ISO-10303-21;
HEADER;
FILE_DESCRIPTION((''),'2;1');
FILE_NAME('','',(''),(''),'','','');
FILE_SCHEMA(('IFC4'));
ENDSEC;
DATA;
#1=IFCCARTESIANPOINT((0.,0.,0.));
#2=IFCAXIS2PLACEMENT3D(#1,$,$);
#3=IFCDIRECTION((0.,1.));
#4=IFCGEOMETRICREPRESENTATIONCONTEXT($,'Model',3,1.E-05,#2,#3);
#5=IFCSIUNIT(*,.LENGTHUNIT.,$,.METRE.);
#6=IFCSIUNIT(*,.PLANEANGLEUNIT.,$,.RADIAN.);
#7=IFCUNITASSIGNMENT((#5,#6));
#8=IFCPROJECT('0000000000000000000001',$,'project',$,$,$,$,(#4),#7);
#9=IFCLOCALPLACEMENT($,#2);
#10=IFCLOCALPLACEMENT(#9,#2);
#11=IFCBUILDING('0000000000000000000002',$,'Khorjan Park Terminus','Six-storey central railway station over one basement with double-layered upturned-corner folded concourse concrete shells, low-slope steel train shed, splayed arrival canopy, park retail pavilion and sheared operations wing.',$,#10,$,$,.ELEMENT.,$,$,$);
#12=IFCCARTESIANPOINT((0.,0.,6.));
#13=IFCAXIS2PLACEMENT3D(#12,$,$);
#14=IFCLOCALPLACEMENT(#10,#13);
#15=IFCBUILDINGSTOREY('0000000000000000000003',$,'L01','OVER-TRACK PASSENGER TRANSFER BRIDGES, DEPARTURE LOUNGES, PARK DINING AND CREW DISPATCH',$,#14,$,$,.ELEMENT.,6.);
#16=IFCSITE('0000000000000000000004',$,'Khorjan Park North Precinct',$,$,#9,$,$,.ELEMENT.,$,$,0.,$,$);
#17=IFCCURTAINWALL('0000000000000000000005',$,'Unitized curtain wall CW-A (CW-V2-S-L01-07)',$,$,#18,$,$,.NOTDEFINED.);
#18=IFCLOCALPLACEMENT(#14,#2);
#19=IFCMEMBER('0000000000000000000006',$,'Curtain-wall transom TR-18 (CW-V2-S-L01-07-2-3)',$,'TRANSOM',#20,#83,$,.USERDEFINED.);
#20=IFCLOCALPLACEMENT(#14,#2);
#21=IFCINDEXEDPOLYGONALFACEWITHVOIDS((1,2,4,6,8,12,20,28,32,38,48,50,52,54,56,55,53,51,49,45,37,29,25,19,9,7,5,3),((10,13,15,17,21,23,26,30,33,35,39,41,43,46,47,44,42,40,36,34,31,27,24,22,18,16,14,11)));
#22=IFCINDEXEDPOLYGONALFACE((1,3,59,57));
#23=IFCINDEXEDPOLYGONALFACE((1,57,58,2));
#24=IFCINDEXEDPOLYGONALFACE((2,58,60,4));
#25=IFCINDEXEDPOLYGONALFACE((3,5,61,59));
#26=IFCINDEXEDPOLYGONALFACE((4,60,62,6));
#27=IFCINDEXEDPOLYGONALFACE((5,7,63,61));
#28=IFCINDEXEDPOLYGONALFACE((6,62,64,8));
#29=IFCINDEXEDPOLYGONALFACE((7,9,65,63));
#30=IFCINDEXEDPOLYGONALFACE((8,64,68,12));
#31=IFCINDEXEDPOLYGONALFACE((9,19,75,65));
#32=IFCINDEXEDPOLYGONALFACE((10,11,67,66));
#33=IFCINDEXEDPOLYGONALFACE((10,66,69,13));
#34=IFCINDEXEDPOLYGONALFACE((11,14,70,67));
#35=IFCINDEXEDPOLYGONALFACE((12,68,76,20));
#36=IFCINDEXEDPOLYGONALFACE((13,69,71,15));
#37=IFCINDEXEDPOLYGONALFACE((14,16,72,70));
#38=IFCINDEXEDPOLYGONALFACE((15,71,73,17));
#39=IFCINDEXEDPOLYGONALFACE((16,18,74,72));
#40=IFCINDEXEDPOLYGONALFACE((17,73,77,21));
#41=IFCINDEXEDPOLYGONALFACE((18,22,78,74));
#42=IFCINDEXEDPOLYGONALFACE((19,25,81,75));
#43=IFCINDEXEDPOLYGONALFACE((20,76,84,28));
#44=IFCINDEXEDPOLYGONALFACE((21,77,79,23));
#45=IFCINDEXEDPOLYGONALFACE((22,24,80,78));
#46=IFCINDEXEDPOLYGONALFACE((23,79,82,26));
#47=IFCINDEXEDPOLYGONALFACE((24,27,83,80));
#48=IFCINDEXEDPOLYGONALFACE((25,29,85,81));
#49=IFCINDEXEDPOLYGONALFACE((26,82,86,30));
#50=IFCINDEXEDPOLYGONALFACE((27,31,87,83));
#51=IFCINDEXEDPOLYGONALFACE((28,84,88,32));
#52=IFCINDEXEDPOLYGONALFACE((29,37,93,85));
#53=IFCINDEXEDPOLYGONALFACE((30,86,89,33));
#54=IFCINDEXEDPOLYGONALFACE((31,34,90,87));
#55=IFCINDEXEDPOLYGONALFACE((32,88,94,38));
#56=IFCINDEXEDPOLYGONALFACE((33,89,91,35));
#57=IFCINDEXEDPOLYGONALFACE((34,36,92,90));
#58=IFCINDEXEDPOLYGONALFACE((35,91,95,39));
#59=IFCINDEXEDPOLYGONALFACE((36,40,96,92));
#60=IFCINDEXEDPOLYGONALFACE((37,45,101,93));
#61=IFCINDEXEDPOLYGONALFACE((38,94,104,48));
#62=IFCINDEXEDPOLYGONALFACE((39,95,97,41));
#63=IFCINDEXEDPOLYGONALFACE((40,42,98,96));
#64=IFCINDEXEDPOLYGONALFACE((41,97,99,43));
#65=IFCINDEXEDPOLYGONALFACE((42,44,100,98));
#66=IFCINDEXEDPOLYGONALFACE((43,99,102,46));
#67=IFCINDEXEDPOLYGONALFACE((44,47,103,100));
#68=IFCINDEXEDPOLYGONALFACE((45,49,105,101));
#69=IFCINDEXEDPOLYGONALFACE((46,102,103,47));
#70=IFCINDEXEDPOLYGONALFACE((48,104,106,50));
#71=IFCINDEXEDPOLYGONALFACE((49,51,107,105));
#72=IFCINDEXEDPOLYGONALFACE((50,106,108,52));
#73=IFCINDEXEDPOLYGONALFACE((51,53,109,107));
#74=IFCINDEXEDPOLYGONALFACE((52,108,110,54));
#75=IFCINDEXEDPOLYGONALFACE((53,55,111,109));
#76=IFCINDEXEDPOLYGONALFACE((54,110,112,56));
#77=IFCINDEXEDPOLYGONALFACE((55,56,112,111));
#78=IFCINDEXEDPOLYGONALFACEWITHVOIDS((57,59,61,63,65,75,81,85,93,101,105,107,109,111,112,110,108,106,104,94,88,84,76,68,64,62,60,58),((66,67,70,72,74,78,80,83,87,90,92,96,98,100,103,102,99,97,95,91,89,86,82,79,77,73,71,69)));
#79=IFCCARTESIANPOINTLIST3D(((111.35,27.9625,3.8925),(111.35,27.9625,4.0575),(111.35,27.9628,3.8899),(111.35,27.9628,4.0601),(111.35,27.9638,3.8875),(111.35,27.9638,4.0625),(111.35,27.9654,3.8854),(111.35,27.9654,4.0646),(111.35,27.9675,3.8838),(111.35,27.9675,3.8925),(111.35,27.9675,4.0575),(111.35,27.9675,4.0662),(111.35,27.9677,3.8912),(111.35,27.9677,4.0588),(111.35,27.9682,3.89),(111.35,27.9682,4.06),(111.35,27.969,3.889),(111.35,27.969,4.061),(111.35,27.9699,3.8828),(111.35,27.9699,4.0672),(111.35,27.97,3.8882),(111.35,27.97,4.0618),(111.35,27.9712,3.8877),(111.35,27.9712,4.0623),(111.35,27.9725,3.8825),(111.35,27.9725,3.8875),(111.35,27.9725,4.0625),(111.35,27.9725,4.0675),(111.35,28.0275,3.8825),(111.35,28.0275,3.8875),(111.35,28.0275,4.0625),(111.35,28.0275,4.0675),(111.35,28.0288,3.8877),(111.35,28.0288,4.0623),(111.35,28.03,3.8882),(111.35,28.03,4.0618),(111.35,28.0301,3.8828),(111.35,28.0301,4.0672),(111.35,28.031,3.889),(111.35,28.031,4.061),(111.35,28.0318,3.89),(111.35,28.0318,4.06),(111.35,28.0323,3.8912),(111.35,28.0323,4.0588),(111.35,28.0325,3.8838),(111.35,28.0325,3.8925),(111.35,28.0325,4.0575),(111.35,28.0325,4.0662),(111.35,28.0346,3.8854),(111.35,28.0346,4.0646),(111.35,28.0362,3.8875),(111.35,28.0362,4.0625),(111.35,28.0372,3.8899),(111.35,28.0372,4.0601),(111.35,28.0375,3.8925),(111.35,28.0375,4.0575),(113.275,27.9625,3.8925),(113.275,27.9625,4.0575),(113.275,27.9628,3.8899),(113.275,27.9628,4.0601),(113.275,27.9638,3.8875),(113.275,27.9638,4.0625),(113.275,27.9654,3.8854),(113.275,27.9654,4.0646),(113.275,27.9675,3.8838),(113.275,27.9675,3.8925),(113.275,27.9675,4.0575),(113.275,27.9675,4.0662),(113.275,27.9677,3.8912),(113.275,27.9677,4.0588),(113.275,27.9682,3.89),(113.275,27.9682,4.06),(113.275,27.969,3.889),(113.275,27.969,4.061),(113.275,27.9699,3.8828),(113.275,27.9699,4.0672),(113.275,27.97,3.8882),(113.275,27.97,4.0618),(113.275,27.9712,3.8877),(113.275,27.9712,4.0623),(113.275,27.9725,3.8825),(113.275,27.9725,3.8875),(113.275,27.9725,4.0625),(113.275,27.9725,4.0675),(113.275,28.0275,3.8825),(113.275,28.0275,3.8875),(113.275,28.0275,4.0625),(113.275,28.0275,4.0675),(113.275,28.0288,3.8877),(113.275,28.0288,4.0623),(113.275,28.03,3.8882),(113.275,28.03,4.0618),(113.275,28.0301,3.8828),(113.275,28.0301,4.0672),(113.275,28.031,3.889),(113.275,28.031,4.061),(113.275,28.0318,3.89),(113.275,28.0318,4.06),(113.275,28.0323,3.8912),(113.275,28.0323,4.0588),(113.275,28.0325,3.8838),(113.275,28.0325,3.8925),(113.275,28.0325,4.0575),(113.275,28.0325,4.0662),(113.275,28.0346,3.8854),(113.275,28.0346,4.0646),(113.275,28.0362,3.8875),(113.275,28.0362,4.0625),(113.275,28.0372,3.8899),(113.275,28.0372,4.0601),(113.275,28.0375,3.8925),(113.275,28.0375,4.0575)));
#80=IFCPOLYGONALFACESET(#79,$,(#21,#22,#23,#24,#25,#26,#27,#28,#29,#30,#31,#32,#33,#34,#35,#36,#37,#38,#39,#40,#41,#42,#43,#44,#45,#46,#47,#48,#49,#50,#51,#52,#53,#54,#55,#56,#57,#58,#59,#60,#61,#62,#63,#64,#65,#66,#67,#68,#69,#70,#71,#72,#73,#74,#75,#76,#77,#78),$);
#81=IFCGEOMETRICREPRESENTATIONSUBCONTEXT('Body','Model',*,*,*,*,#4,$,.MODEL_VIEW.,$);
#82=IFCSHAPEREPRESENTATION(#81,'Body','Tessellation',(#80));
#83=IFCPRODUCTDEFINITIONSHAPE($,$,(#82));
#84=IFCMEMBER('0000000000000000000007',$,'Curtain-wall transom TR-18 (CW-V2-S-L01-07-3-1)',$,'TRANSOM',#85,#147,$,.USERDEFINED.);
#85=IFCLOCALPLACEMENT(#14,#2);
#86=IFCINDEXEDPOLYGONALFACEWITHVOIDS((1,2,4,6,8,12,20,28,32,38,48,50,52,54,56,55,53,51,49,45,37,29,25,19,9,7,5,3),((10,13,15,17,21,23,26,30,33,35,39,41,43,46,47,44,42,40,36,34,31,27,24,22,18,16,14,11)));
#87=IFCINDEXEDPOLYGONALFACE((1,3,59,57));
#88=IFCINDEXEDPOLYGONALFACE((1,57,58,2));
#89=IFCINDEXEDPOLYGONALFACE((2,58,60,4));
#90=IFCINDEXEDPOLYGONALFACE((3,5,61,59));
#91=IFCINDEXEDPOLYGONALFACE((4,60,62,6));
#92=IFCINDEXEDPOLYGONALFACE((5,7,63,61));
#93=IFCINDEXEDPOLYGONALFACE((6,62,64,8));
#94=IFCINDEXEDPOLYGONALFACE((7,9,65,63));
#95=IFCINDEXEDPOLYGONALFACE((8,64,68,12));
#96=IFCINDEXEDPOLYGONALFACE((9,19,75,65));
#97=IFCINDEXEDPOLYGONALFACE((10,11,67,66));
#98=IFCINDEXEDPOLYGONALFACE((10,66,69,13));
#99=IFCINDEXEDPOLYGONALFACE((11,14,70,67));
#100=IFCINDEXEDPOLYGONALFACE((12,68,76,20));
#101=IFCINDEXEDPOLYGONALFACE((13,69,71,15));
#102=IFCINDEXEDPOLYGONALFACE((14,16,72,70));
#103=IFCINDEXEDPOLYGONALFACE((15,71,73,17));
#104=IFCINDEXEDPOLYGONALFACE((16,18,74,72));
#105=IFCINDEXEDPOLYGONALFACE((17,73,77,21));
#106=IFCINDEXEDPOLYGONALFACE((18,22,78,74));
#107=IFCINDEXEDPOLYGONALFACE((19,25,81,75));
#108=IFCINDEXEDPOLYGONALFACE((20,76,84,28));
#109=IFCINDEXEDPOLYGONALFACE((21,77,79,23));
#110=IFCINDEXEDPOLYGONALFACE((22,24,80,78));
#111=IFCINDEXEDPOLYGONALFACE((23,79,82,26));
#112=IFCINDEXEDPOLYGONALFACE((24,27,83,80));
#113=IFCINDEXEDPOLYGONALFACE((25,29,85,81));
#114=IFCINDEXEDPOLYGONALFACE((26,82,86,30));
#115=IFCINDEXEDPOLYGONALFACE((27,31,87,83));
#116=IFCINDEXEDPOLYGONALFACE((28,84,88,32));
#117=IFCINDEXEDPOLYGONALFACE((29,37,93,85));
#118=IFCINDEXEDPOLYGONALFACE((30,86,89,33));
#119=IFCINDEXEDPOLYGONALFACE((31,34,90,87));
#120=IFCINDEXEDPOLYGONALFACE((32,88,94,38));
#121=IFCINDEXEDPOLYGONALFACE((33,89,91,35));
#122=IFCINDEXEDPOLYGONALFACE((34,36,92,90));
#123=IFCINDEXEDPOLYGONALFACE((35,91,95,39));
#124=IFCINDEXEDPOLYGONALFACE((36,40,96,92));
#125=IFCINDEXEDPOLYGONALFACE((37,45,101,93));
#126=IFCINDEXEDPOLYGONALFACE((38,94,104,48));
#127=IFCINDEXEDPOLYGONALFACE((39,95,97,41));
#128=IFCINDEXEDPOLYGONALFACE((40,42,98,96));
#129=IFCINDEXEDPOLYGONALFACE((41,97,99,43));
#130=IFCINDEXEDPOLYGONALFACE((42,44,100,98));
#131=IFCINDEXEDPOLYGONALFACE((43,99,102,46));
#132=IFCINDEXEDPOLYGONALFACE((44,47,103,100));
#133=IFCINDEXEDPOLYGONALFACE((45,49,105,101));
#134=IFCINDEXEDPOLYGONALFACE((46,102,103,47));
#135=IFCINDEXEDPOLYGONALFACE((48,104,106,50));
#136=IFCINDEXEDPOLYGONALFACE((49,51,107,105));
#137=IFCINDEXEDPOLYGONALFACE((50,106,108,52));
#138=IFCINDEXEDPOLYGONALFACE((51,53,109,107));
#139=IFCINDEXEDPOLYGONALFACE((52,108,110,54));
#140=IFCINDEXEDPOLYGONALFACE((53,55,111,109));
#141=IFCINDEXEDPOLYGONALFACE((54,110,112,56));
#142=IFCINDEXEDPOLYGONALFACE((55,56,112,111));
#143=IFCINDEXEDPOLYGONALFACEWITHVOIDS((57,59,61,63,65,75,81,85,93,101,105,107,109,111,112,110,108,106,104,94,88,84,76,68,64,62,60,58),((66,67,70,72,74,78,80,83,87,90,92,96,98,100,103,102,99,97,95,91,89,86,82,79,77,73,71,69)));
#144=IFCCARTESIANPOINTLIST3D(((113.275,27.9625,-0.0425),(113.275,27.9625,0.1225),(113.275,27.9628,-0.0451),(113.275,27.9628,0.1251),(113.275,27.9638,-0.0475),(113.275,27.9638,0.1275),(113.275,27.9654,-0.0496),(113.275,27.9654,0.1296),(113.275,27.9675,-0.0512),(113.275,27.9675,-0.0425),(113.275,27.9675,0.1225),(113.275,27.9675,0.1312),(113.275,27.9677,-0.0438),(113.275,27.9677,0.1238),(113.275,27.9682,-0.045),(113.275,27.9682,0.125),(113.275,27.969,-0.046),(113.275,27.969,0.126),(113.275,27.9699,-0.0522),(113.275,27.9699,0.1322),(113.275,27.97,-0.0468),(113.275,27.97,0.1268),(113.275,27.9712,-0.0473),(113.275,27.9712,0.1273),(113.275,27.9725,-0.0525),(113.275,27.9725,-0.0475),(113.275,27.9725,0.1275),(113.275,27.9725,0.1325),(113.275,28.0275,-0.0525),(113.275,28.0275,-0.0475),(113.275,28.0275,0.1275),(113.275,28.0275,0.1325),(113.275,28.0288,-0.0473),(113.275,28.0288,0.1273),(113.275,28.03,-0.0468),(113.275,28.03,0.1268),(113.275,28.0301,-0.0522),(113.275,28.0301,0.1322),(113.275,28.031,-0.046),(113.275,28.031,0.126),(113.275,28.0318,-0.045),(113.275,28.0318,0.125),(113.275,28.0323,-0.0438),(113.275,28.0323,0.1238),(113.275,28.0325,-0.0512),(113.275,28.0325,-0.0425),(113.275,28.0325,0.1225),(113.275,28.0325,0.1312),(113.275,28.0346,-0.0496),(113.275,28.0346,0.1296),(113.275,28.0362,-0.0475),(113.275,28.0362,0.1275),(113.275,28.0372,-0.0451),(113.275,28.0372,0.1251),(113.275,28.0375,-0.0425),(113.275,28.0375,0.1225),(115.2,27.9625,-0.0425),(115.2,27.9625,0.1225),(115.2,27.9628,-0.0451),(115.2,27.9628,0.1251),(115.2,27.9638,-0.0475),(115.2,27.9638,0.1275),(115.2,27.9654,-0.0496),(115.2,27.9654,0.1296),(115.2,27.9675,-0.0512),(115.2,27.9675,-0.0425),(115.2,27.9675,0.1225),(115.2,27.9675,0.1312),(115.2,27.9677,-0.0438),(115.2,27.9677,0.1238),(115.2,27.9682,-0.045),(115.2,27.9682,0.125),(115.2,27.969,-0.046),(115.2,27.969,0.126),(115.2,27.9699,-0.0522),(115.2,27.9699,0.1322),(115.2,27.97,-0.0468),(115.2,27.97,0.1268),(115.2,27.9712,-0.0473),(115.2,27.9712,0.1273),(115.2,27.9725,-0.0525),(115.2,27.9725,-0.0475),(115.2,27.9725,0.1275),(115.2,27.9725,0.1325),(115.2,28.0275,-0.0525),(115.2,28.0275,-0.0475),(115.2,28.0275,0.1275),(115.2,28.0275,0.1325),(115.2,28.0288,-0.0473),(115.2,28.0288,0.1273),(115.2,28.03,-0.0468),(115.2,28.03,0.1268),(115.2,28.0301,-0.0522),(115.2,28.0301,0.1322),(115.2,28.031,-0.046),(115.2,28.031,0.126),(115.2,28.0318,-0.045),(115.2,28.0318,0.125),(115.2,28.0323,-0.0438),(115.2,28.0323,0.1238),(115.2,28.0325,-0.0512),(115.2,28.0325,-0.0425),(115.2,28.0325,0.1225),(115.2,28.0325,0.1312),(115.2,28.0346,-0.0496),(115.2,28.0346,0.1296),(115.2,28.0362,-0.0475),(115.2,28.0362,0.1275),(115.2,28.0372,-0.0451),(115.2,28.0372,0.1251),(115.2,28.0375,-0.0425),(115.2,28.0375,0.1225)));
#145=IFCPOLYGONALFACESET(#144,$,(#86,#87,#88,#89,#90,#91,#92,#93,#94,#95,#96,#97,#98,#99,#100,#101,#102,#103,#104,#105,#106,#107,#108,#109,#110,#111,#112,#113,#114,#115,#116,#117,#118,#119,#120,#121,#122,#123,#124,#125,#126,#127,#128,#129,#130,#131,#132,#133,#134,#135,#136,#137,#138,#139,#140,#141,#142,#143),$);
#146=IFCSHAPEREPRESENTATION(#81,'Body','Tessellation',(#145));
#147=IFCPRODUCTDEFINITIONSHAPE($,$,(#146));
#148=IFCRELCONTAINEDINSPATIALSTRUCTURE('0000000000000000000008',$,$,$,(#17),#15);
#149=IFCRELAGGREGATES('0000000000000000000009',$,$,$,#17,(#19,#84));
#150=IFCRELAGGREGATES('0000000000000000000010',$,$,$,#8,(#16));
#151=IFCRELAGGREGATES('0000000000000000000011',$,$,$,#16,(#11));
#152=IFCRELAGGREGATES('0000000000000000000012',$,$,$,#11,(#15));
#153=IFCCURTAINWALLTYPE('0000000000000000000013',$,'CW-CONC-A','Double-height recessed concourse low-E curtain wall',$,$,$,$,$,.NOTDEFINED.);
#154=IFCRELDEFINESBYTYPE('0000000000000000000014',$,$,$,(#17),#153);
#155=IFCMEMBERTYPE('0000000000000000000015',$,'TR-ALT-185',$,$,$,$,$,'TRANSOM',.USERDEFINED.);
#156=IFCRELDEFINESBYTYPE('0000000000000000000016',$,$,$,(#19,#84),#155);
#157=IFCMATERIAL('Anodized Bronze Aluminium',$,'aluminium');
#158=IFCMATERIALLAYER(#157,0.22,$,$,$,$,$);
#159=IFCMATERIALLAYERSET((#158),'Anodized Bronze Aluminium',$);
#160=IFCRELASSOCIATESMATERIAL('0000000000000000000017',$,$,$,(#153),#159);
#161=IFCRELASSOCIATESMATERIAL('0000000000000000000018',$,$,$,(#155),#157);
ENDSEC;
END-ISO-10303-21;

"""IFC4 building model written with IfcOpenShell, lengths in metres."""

from ifc_helpers import new_model, si_unit, direction, frame, origin, origin_2d, place, context, subcontext, project, spatial, hollow_rectangle, extrude, material, layer, layer_set, material_profile, profile_set, type_object, element, aggregate, save


model = new_model("IFC4")

# Units and contexts
model_context = context("Model", 3, precision=1e-05, world=origin(), true_north=direction((0.0, 1.0)))
body_context = subcontext(model_context, "Body", "Model", "MODEL_VIEW")
ifc_project = project(units=[si_unit("LENGTHUNIT", "METRE"), si_unit("PLANEANGLEUNIT", "RADIAN")], contexts=[model_context])

# Site, building, storey
site_placement = place(None, origin())
site = spatial("IfcSite", under=ifc_project, at=site_placement, Name="Khorjan Park North Precinct", CompositionType="ELEMENT", RefElevation=0.0)
building_placement = place(site_placement, origin())
building = spatial("IfcBuilding", under=site, at=building_placement, Name="Khorjan Park Terminus", Description="Six-storey central railway station over one basement with double-layered upturned-corner folded concourse concrete shells, low-slope steel train shed, splayed arrival canopy, park retail pavilion and sheared operations wing.", CompositionType="ELEMENT")
storey_placement = place(building_placement, frame((0.0, 0.0, 6.0)))
storey = spatial("IfcBuildingStorey", under=building, at=storey_placement, Name="L01", Description="OVER-TRACK PASSENGER TRANSFER BRIDGES, DEPARTURE LOUNGES, PARK DINING AND CREW DISPATCH", CompositionType="ELEMENT", Elevation=6.0)

# Curtain wall, members
ifc_material_1 = material(Name="Anodized Bronze Aluminium", Category="aluminium")
ifc_layer_1 = layer(ifc_material_1, 0.22)
ifc_layer_set_1 = layer_set([ifc_layer_1], Name="Anodized Bronze Aluminium")
curtain_wall_type = type_object("IfcCurtainWallType", Name="CW-CONC-A", Description="Double-height recessed concourse low-E curtain wall", PredefinedType="NOTDEFINED", material=ifc_layer_set_1)
curtain_wall_placement = place(storey_placement, origin())
curtain_wall = element("IfcCurtainWall", 1, at=curtain_wall_placement, inside=storey, type_object=curtain_wall_type, Name="Unitized curtain wall CW-A (CW-V2-S-L01-07)", PredefinedType="NOTDEFINED")
ifc_material_profile_1 = material_profile(ifc_material_1, hollow_rectangle(XDim=0.075, YDim=0.185, WallThickness=0.005, InnerFilletRadius=0.005, OuterFilletRadius=0.01, at=origin_2d()), Name="ALT 75x185x5")
ifc_profile_set_1 = profile_set([ifc_material_profile_1], Name="Anodized Bronze Aluminium")
member_type_1 = type_object("IfcMemberType", Name="TR-ALT-185", ElementType="TRANSOM", PredefinedType="USERDEFINED", material=ifc_profile_set_1)
member_1_placement = place(storey_placement, frame((111.35, 28.0, 3.975), z_axis=(1.0, 0.0, 0.0), x_axis=(0.0, 1.0, 0.0)))
member_1 = element("IfcMember", 2, at=member_1_placement, type_object=member_type_1, Name="Curtain-wall transom TR-18 (CW-V2-S-L01-07-2-3)", ObjectType="TRANSOM", PredefinedType="USERDEFINED", context=body_context, shape_type="SweptSolid", body=[
    extrude(hollow_rectangle(XDim=0.075, YDim=0.185, WallThickness=0.005, InnerFilletRadius=0.005, OuterFilletRadius=0.01, at=origin_2d()), origin(), (0.0, 0.0, 1.0), 1.925),
])
member_2_placement = place(storey_placement, frame((113.275, 28.0, 0.04), z_axis=(1.0, 0.0, 0.0), x_axis=(0.0, 1.0, 0.0)))
member_2 = element("IfcMember", 3, at=member_2_placement, type_object=member_type_1, Name="Curtain-wall transom TR-18 (CW-V2-S-L01-07-3-1)", ObjectType="TRANSOM", PredefinedType="USERDEFINED", context=body_context, shape_type="SweptSolid", body=[
    extrude(hollow_rectangle(XDim=0.075, YDim=0.185, WallThickness=0.005, InnerFilletRadius=0.005, OuterFilletRadius=0.01, at=origin_2d()), origin(), (0.0, 0.0, 1.0), 1.925),
])
aggregate(curtain_wall, [member_1, member_2])

save(model, "model.ifc")
